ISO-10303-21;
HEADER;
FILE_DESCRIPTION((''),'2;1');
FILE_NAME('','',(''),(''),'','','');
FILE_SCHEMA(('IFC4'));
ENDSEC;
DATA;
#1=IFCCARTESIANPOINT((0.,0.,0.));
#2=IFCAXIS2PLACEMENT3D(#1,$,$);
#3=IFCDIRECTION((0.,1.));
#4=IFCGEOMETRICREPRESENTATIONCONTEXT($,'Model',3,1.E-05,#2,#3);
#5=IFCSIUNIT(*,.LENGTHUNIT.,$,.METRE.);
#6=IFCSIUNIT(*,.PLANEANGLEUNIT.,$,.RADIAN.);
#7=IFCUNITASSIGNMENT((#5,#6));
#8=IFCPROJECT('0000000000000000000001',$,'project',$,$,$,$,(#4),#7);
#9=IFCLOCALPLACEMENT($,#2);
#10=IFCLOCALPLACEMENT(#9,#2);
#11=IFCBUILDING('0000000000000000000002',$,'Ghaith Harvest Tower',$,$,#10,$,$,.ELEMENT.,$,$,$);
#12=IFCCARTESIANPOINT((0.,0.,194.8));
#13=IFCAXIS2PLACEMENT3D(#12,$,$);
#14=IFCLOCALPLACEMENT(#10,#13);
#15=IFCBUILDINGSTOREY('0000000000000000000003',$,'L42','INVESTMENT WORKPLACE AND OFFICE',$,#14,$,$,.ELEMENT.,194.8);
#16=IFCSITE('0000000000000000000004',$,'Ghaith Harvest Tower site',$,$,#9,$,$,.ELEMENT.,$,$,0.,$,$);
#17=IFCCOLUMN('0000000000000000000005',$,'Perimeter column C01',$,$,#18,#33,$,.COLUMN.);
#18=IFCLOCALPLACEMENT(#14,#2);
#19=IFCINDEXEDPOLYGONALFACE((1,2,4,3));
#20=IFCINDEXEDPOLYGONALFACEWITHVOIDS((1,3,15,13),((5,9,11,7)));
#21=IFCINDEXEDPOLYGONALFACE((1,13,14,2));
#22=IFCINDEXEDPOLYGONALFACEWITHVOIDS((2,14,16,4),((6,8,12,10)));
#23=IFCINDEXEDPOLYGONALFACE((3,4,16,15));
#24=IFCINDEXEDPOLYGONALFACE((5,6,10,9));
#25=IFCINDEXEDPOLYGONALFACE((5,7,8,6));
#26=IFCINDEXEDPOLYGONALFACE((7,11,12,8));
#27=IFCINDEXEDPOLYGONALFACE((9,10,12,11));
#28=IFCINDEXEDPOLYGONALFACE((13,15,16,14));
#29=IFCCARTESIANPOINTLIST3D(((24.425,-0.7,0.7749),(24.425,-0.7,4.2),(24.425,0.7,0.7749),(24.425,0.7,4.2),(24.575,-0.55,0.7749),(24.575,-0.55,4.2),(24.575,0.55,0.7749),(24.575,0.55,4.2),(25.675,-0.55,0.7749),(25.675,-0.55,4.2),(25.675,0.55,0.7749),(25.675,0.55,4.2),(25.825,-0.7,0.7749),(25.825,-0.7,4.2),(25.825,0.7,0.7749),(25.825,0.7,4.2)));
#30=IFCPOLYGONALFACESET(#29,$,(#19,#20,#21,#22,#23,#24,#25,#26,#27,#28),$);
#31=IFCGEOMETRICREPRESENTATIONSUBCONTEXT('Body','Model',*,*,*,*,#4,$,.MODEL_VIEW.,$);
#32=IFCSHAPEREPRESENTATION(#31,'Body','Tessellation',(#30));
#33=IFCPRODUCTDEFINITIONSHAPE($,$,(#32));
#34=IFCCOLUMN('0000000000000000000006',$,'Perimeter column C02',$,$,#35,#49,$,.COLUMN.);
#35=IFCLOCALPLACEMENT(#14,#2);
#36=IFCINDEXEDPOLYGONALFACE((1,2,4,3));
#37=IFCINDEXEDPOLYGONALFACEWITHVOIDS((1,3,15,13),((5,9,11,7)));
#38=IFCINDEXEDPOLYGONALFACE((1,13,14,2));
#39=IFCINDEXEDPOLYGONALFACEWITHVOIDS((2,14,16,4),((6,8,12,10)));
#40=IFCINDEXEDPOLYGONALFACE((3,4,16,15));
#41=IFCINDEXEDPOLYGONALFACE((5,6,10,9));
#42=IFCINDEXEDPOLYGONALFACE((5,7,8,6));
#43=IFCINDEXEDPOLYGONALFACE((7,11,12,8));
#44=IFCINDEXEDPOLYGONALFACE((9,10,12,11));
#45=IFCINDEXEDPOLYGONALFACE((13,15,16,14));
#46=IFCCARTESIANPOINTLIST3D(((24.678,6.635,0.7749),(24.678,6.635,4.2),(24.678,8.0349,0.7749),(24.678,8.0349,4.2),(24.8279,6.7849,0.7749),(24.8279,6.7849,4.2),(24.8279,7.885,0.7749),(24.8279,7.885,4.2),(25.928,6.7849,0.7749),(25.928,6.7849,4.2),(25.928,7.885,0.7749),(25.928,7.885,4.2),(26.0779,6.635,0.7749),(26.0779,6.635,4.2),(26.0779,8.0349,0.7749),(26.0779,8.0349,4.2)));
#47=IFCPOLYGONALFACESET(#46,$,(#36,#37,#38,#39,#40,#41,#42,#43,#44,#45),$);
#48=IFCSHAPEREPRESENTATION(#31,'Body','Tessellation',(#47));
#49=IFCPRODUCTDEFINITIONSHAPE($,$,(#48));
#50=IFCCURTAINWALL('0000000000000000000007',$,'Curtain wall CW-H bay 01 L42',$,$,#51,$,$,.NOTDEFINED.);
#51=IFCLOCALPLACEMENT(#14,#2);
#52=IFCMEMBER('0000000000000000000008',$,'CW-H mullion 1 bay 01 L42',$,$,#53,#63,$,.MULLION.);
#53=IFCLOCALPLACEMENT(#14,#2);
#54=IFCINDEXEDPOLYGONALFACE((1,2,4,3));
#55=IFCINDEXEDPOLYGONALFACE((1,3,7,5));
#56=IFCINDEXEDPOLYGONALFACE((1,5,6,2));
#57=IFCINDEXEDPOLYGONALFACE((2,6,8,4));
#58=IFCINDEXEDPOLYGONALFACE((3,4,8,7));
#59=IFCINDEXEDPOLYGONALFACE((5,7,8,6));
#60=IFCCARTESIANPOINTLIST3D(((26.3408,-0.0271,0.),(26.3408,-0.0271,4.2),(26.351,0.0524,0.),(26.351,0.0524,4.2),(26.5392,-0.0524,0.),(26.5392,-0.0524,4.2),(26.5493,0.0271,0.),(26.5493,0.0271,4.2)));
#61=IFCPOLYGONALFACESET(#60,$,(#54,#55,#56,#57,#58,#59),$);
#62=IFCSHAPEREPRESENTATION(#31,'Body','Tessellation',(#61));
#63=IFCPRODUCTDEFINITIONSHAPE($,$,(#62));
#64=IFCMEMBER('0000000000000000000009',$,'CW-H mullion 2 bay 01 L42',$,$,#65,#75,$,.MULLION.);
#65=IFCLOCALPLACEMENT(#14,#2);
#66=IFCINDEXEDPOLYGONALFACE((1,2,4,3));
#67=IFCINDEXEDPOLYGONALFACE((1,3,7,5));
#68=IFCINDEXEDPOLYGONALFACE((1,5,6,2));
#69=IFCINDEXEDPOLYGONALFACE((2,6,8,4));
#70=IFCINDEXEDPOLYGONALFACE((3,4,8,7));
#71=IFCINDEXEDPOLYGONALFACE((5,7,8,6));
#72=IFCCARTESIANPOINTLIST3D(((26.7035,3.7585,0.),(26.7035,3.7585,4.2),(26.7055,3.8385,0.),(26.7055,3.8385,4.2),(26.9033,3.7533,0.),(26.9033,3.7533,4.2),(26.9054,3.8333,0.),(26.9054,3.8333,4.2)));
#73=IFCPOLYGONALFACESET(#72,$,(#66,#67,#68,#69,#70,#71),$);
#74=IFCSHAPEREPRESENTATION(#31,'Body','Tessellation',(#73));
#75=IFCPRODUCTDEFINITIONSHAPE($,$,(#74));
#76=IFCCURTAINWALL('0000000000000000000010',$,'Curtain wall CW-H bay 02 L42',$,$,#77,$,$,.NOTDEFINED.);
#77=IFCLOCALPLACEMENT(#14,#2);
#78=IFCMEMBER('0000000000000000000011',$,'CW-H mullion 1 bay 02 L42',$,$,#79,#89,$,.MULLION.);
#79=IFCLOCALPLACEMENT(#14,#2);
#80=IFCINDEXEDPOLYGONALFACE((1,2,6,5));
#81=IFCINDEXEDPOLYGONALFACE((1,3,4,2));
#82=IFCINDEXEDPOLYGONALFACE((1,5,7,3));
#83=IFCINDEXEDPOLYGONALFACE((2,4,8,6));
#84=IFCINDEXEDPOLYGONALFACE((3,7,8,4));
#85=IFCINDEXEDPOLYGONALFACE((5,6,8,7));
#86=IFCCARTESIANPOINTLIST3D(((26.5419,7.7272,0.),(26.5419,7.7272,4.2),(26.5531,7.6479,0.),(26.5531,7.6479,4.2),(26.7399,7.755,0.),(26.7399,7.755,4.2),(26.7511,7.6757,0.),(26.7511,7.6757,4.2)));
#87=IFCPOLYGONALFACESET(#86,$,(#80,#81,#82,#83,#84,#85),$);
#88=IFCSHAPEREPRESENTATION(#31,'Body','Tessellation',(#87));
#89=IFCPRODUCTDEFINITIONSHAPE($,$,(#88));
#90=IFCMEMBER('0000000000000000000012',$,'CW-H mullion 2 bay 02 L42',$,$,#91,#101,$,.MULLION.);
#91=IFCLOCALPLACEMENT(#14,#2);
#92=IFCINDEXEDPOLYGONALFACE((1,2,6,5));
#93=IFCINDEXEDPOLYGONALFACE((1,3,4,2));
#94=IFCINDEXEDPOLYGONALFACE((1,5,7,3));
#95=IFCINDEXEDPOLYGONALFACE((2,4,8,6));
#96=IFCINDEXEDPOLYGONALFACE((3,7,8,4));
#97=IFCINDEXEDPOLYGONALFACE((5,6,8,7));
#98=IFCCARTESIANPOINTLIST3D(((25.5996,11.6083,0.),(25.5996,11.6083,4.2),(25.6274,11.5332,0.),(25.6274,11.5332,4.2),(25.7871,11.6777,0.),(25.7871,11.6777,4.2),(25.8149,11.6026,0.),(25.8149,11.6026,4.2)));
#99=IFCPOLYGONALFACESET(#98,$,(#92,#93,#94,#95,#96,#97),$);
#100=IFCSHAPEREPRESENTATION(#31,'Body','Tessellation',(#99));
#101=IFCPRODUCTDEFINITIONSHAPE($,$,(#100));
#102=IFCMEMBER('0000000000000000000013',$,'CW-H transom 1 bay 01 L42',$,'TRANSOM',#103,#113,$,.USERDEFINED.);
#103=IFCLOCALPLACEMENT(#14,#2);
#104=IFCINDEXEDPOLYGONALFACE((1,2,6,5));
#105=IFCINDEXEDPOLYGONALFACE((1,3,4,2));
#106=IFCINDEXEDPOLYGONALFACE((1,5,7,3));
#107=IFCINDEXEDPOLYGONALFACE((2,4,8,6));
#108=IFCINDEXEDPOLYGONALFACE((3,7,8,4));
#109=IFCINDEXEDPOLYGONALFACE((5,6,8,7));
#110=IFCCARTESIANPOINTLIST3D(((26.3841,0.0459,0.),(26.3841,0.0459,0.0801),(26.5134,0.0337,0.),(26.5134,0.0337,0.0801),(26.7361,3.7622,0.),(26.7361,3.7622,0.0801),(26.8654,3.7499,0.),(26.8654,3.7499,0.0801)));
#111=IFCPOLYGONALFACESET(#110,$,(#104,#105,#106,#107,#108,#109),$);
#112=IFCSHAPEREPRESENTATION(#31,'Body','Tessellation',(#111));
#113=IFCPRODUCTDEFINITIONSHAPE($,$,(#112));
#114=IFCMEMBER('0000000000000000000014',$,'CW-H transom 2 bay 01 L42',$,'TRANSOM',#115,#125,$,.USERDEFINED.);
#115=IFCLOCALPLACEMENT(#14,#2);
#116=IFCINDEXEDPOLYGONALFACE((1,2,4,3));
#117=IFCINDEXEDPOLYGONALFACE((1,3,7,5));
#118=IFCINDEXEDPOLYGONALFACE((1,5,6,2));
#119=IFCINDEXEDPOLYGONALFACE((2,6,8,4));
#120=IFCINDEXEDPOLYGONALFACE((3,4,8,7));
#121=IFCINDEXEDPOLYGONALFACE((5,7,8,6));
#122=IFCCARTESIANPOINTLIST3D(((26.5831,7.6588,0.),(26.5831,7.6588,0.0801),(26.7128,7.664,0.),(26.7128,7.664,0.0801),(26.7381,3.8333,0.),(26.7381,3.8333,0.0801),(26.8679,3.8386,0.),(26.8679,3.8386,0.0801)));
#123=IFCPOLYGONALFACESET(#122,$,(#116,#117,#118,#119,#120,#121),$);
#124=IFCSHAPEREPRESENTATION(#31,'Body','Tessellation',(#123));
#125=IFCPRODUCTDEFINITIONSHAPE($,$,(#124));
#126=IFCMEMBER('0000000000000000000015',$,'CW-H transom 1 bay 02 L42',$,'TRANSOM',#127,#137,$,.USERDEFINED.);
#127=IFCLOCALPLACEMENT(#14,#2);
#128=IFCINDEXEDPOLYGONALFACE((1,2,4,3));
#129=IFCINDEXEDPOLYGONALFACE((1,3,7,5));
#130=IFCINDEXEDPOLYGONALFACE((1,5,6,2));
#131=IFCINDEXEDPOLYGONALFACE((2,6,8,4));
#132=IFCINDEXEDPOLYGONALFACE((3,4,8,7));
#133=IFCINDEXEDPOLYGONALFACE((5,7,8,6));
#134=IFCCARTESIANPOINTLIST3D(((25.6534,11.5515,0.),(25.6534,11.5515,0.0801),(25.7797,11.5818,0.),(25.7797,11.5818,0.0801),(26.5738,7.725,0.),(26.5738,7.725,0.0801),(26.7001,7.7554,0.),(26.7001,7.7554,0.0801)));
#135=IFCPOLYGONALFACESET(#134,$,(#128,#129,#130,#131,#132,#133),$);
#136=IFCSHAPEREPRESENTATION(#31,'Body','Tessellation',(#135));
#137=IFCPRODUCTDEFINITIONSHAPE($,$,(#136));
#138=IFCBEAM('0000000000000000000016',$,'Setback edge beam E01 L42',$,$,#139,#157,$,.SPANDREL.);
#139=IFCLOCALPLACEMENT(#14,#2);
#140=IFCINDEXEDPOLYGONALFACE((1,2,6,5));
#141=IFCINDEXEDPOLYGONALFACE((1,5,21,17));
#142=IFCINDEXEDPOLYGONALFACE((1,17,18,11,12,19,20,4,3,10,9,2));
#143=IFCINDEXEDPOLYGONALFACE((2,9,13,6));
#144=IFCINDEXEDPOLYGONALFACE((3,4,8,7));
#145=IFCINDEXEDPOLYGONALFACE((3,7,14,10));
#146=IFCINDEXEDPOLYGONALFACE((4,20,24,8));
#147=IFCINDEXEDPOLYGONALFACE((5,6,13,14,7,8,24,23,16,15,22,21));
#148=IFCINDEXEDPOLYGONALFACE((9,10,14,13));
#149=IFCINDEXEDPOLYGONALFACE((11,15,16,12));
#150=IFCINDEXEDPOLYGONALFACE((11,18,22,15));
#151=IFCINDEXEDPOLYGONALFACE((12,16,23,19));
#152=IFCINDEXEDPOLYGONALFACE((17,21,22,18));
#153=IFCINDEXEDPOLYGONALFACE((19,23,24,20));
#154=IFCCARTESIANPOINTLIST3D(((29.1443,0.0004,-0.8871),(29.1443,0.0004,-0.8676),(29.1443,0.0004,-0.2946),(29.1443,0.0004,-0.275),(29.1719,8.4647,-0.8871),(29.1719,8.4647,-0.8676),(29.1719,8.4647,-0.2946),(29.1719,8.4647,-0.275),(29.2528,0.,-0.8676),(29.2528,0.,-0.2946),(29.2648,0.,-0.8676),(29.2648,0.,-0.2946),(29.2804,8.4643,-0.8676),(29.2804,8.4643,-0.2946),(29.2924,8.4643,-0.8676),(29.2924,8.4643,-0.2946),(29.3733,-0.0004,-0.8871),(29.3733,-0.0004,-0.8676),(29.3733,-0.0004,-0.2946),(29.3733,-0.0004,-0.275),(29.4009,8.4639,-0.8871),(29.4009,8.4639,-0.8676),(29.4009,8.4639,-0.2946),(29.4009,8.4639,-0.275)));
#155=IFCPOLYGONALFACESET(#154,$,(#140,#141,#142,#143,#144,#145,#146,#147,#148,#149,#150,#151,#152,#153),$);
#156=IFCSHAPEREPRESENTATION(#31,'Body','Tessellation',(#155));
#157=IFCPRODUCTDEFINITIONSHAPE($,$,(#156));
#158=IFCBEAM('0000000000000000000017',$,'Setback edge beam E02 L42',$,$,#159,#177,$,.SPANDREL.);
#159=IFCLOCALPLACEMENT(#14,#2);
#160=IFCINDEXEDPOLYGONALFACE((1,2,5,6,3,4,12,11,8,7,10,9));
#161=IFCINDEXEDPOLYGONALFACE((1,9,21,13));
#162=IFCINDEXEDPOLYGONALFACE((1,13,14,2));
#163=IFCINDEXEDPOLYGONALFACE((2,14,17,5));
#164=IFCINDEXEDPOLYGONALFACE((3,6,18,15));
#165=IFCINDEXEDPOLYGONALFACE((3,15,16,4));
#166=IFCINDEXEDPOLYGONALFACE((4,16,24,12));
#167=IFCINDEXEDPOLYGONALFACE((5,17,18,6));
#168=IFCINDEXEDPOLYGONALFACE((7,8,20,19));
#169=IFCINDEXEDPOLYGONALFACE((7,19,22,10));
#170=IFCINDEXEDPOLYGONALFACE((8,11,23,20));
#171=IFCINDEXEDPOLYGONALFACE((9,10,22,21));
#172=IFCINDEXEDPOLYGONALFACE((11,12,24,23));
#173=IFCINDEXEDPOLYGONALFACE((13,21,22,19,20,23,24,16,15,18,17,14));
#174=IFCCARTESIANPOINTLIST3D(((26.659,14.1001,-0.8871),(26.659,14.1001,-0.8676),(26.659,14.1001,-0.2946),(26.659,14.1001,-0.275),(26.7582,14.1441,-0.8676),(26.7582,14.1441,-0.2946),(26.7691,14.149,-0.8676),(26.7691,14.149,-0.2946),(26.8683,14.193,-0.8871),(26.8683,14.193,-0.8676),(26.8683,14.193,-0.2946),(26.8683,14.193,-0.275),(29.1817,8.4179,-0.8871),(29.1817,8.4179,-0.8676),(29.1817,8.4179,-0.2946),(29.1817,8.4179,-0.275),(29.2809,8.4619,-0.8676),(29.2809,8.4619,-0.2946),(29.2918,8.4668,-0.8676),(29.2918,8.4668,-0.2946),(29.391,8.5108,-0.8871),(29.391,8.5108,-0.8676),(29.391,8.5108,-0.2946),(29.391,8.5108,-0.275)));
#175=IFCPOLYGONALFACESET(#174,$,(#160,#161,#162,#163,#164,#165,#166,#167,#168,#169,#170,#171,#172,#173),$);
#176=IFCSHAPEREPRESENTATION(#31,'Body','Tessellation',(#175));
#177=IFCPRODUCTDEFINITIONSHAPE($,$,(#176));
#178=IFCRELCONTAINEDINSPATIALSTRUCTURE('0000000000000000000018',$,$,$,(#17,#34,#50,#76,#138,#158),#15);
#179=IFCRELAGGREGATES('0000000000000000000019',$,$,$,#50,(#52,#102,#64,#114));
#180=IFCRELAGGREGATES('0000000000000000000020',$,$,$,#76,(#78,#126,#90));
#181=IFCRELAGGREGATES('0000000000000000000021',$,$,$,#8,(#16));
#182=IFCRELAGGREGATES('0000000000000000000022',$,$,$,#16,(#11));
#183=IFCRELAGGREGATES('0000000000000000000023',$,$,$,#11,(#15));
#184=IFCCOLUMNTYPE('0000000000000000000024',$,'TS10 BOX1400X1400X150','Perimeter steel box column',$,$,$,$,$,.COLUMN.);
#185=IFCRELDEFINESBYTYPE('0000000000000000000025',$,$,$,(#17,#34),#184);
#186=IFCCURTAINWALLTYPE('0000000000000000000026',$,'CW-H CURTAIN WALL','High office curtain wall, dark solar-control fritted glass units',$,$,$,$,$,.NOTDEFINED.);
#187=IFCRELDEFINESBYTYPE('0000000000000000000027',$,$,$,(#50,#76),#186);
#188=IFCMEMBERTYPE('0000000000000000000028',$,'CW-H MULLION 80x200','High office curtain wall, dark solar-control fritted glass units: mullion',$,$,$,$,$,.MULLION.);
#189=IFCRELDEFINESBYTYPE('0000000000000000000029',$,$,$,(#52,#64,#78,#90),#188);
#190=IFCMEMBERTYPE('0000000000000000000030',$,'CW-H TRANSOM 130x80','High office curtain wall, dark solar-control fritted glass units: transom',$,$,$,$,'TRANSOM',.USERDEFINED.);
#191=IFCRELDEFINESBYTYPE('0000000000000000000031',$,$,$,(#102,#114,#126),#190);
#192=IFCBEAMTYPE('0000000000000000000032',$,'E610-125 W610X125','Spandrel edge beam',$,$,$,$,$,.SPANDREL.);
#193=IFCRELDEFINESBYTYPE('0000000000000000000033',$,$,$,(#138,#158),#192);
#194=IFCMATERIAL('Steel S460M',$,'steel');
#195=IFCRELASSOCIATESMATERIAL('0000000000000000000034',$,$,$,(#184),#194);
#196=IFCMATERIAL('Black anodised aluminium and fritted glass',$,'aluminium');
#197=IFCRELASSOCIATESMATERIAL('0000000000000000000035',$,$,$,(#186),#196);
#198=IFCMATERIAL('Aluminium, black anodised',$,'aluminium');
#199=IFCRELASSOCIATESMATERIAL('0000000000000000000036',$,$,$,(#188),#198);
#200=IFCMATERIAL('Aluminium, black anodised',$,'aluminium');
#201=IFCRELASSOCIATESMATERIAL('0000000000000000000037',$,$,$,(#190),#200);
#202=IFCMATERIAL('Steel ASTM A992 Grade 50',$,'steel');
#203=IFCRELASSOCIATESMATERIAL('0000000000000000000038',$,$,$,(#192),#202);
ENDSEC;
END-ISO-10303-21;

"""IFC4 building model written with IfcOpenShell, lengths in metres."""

from ifc_helpers import new_model, si_unit, direction, frame, origin, origin_2d, place, context, subcontext, project, spatial, rectangle, hollow_rectangle, i_section, extrude, material, material_profile, profile_set, type_object, element, aggregate, save


model = new_model("IFC4")

# Units and contexts
model_context = context("Model", 3, precision=1e-05, world=origin(), true_north=direction((0.0, 1.0)))
body_context = subcontext(model_context, "Body", "Model", "MODEL_VIEW")
ifc_project = project(units=[si_unit("LENGTHUNIT", "METRE"), si_unit("PLANEANGLEUNIT", "RADIAN")], contexts=[model_context])

# Site, building, storey
site_placement = place(None, origin())
site = spatial("IfcSite", under=ifc_project, at=site_placement, Name="Ghaith Harvest Tower site", CompositionType="ELEMENT", RefElevation=0.0)
building_placement = place(site_placement, origin())
building = spatial("IfcBuilding", under=site, at=building_placement, Name="Ghaith Harvest Tower", CompositionType="ELEMENT")
storey_placement = place(building_placement, frame((0.0, 0.0, 194.8)))
storey = spatial("IfcBuildingStorey", under=building, at=storey_placement, Name="L42", Description="INVESTMENT WORKPLACE AND OFFICE", CompositionType="ELEMENT", Elevation=194.8)

# Columns
ifc_material_1 = material(Name="Steel S460M", Category="steel")
ifc_material_profile_1 = material_profile(ifc_material_1, hollow_rectangle(XDim=1.3999, YDim=1.3999, WallThickness=0.1499, at=origin_2d()), Name="BOX1400X1400X150")
ifc_profile_set_1 = profile_set([ifc_material_profile_1], Name="Steel S460M")
column_type = type_object("IfcColumnType", Name="TS10 BOX1400X1400X150", Description="Perimeter steel box column", PredefinedType="COLUMN", material=ifc_profile_set_1)
for number, where, z_axis, x_axis, name in (
    (1, (25.125, 0.0, 0.7749), (0.0, 0.0, 1.0), (1.0, 0.0, 0.0), "Perimeter column C01"),
    (2, (25.3779, 7.335, 0.7749), (0.0, 0.0, 1.0), (1.0, 0.0, 0.0), "Perimeter column C02"),
):
    element("IfcColumn", number, at=place(storey_placement, frame(where, z_axis=z_axis, x_axis=x_axis)), inside=storey, type_object=column_type, Name=name, PredefinedType="COLUMN", context=body_context, shape_type="SweptSolid", body=[
        extrude(hollow_rectangle(XDim=1.3999, YDim=1.3999, WallThickness=0.1499, at=origin_2d()), origin(), (0.0, 0.0, 1.0), 3.425),
    ])

# Curtain walls, members
ifc_material_2 = material(Name="Black anodised aluminium and fritted glass", Category="aluminium")
curtain_wall_type = type_object("IfcCurtainWallType", Name="CW-H CURTAIN WALL", Description="High office curtain wall, dark solar-control fritted glass units", PredefinedType="NOTDEFINED", material=ifc_material_2)
curtain_wall_1_placement = place(storey_placement, origin())
curtain_wall_1 = element("IfcCurtainWall", 3, at=curtain_wall_1_placement, inside=storey, type_object=curtain_wall_type, Name="Curtain wall CW-H bay 01 L42", PredefinedType="NOTDEFINED")
ifc_material_3 = material(Name="Aluminium, black anodised", Category="aluminium")
ifc_material_profile_2 = material_profile(ifc_material_3, rectangle(XDim=0.0801, YDim=0.2, at=origin_2d()), Name="CW-H MULLION 80x200")
ifc_profile_set_2 = profile_set([ifc_material_profile_2], Name="Aluminium, black anodised")
member_type_1 = type_object("IfcMemberType", Name="CW-H MULLION 80x200", Description="High office curtain wall, dark solar-control fritted glass units: mullion", PredefinedType="MULLION", material=ifc_profile_set_2)
member_1_placement = place(storey_placement, frame((26.4451, 0.0, 0.0), z_axis=(0.0, 0.0, 1.0), x_axis=(0.126568, 0.991958, 0.0)))
member_1 = element("IfcMember", 4, at=member_1_placement, type_object=member_type_1, Name="CW-H mullion 1 bay 01 L42", PredefinedType="MULLION", context=body_context, shape_type="SweptSolid", body=[
    extrude(rectangle(XDim=0.0801, YDim=0.2, at=origin_2d()), origin(), (0.0, 0.0, 1.0), 4.2),
])
member_2_placement = place(storey_placement, frame((26.8044, 3.7959, 0.0), z_axis=(0.0, 0.0, 1.0), x_axis=(0.026143, 0.999658, 0.0)))
member_2 = element("IfcMember", 5, at=member_2_placement, type_object=member_type_1, Name="CW-H mullion 2 bay 01 L42", PredefinedType="MULLION", context=body_context, shape_type="SweptSolid", body=[
    extrude(rectangle(XDim=0.0801, YDim=0.2, at=origin_2d()), origin(), (0.0, 0.0, 1.0), 4.2),
])
curtain_wall_2_placement = place(storey_placement, origin())
curtain_wall_2 = element("IfcCurtainWall", 6, at=curtain_wall_2_placement, inside=storey, type_object=curtain_wall_type, Name="Curtain wall CW-H bay 02 L42", PredefinedType="NOTDEFINED")
member_3_placement = place(storey_placement, frame((26.6465, 7.7014, 0.0), z_axis=(0.0, 0.0, 1.0), x_axis=(-0.139146, 0.990272, 0.0)))
member_3 = element("IfcMember", 7, at=member_3_placement, type_object=member_type_1, Name="CW-H mullion 1 bay 02 L42", PredefinedType="MULLION", context=body_context, shape_type="SweptSolid", body=[
    extrude(rectangle(XDim=0.0801, YDim=0.2, at=origin_2d()), origin(), (0.0, 0.0, 1.0), 4.2),
])
member_4_placement = place(storey_placement, frame((25.7073, 11.6055, 0.0), z_axis=(0.0, 0.0, 1.0), x_axis=(-0.347012, 0.937861, 0.0)))
member_4 = element("IfcMember", 8, at=member_4_placement, type_object=member_type_1, Name="CW-H mullion 2 bay 02 L42", PredefinedType="MULLION", context=body_context, shape_type="SweptSolid", body=[
    extrude(rectangle(XDim=0.0801, YDim=0.2, at=origin_2d()), origin(), (0.0, 0.0, 1.0), 4.2),
])

# Members
ifc_material_4 = material(Name="Aluminium, black anodised", Category="aluminium")
ifc_material_profile_3 = material_profile(ifc_material_4, rectangle(XDim=0.1299, YDim=0.0801, at=origin_2d()), Name="CW-H TRANSOM 130x80")
ifc_profile_set_3 = profile_set([ifc_material_profile_3], Name="Aluminium, black anodised")
member_type_2 = type_object("IfcMemberType", Name="CW-H TRANSOM 130x80", Description="High office curtain wall, dark solar-control fritted glass units: transom", ElementType="TRANSOM", PredefinedType="USERDEFINED", material=ifc_profile_set_3)
member_5_placement = place(storey_placement, frame((26.4487, 0.0398, 0.04), z_axis=(0.094309, 0.995543, 0.0), x_axis=(-0.995543, 0.094309, 0.0)))
member_5 = element("IfcMember", 9, at=member_5_placement, type_object=member_type_2, Name="CW-H transom 1 bay 01 L42", ObjectType="TRANSOM", PredefinedType="USERDEFINED", context=body_context, shape_type="SweptSolid", body=[
    extrude(rectangle(XDim=0.1299, YDim=0.0801, at=origin_2d()), origin(), (0.0, 0.0, 1.0), 3.7329),
])
member_6_placement = place(storey_placement, frame((26.803, 3.8359, 0.04), z_axis=(-0.040493, 0.99918, 0.0), x_axis=(-0.99918, -0.040493, 0.0)))
member_6 = element("IfcMember", 10, at=member_6_placement, type_object=member_type_2, Name="CW-H transom 2 bay 01 L42", ObjectType="TRANSOM", PredefinedType="USERDEFINED", context=body_context, shape_type="SweptSolid", body=[
    extrude(rectangle(XDim=0.1299, YDim=0.0801, at=origin_2d()), origin(), (0.0, 0.0, 1.0), 3.8286),
])
member_7_placement = place(storey_placement, frame((26.637, 7.7402, 0.04), z_axis=(-0.23387, 0.972268, 0.0), x_axis=(-0.972268, -0.23387, 0.0)))
member_7 = element("IfcMember", 11, at=member_7_placement, type_object=member_type_2, Name="CW-H transom 1 bay 02 L42", ObjectType="TRANSOM", PredefinedType="USERDEFINED", context=body_context, shape_type="SweptSolid", body=[
    extrude(rectangle(XDim=0.1299, YDim=0.0801, at=origin_2d()), origin(), (0.0, 0.0, 1.0), 3.9355),
])

# Beams
ifc_material_5 = material(Name="Steel ASTM A992 Grade 50", Category="steel")
ifc_material_profile_4 = material_profile(ifc_material_5, i_section(OverallWidth=0.229, OverallDepth=0.6121, WebThickness=0.012, FlangeThickness=0.0195, at=origin_2d()), Name="W610X125")
ifc_profile_set_4 = profile_set([ifc_material_profile_4], Name="Steel ASTM A992 Grade 50")
beam_type_1 = type_object("IfcBeamType", Name="E610-125 W610X125", Description="Spandrel edge beam", PredefinedType="SPANDREL", material=ifc_profile_set_4)
beam_1_placement = place(storey_placement, frame((29.2588, 0.0, -0.5811), z_axis=(0.003259, 0.999995, 0.0), x_axis=(-0.999995, 0.003259, 0.0)))
element("IfcBeam", 12, at=beam_1_placement, inside=storey, type_object=beam_type_1, Name="Setback edge beam E01 L42", PredefinedType="SPANDREL", context=body_context, shape_type="SweptSolid", body=[
    extrude(i_section(OverallWidth=0.229, OverallDepth=0.6121, WebThickness=0.012, FlangeThickness=0.0195, at=origin_2d()), origin(), (0.0, 0.0, 1.0), 8.4644),
])
beam_2_placement = place(storey_placement, frame((29.2864, 8.4644, -0.5811), z_axis=(-0.405778, 0.913972, 0.0), x_axis=(-0.913972, -0.405778, 0.0)))
element("IfcBeam", 13, at=beam_2_placement, inside=storey, type_object=beam_type_1, Name="Setback edge beam E02 L42", PredefinedType="SPANDREL", context=body_context, shape_type="SweptSolid", body=[
    extrude(i_section(OverallWidth=0.229, OverallDepth=0.6121, WebThickness=0.012, FlangeThickness=0.0195, at=origin_2d()), origin(), (0.0, 0.0, 1.0), 6.217),
])

aggregate(curtain_wall_1, [member_1, member_5, member_2, member_6])
aggregate(curtain_wall_2, [member_3, member_7, member_4])

save(model, "model.ifc")
